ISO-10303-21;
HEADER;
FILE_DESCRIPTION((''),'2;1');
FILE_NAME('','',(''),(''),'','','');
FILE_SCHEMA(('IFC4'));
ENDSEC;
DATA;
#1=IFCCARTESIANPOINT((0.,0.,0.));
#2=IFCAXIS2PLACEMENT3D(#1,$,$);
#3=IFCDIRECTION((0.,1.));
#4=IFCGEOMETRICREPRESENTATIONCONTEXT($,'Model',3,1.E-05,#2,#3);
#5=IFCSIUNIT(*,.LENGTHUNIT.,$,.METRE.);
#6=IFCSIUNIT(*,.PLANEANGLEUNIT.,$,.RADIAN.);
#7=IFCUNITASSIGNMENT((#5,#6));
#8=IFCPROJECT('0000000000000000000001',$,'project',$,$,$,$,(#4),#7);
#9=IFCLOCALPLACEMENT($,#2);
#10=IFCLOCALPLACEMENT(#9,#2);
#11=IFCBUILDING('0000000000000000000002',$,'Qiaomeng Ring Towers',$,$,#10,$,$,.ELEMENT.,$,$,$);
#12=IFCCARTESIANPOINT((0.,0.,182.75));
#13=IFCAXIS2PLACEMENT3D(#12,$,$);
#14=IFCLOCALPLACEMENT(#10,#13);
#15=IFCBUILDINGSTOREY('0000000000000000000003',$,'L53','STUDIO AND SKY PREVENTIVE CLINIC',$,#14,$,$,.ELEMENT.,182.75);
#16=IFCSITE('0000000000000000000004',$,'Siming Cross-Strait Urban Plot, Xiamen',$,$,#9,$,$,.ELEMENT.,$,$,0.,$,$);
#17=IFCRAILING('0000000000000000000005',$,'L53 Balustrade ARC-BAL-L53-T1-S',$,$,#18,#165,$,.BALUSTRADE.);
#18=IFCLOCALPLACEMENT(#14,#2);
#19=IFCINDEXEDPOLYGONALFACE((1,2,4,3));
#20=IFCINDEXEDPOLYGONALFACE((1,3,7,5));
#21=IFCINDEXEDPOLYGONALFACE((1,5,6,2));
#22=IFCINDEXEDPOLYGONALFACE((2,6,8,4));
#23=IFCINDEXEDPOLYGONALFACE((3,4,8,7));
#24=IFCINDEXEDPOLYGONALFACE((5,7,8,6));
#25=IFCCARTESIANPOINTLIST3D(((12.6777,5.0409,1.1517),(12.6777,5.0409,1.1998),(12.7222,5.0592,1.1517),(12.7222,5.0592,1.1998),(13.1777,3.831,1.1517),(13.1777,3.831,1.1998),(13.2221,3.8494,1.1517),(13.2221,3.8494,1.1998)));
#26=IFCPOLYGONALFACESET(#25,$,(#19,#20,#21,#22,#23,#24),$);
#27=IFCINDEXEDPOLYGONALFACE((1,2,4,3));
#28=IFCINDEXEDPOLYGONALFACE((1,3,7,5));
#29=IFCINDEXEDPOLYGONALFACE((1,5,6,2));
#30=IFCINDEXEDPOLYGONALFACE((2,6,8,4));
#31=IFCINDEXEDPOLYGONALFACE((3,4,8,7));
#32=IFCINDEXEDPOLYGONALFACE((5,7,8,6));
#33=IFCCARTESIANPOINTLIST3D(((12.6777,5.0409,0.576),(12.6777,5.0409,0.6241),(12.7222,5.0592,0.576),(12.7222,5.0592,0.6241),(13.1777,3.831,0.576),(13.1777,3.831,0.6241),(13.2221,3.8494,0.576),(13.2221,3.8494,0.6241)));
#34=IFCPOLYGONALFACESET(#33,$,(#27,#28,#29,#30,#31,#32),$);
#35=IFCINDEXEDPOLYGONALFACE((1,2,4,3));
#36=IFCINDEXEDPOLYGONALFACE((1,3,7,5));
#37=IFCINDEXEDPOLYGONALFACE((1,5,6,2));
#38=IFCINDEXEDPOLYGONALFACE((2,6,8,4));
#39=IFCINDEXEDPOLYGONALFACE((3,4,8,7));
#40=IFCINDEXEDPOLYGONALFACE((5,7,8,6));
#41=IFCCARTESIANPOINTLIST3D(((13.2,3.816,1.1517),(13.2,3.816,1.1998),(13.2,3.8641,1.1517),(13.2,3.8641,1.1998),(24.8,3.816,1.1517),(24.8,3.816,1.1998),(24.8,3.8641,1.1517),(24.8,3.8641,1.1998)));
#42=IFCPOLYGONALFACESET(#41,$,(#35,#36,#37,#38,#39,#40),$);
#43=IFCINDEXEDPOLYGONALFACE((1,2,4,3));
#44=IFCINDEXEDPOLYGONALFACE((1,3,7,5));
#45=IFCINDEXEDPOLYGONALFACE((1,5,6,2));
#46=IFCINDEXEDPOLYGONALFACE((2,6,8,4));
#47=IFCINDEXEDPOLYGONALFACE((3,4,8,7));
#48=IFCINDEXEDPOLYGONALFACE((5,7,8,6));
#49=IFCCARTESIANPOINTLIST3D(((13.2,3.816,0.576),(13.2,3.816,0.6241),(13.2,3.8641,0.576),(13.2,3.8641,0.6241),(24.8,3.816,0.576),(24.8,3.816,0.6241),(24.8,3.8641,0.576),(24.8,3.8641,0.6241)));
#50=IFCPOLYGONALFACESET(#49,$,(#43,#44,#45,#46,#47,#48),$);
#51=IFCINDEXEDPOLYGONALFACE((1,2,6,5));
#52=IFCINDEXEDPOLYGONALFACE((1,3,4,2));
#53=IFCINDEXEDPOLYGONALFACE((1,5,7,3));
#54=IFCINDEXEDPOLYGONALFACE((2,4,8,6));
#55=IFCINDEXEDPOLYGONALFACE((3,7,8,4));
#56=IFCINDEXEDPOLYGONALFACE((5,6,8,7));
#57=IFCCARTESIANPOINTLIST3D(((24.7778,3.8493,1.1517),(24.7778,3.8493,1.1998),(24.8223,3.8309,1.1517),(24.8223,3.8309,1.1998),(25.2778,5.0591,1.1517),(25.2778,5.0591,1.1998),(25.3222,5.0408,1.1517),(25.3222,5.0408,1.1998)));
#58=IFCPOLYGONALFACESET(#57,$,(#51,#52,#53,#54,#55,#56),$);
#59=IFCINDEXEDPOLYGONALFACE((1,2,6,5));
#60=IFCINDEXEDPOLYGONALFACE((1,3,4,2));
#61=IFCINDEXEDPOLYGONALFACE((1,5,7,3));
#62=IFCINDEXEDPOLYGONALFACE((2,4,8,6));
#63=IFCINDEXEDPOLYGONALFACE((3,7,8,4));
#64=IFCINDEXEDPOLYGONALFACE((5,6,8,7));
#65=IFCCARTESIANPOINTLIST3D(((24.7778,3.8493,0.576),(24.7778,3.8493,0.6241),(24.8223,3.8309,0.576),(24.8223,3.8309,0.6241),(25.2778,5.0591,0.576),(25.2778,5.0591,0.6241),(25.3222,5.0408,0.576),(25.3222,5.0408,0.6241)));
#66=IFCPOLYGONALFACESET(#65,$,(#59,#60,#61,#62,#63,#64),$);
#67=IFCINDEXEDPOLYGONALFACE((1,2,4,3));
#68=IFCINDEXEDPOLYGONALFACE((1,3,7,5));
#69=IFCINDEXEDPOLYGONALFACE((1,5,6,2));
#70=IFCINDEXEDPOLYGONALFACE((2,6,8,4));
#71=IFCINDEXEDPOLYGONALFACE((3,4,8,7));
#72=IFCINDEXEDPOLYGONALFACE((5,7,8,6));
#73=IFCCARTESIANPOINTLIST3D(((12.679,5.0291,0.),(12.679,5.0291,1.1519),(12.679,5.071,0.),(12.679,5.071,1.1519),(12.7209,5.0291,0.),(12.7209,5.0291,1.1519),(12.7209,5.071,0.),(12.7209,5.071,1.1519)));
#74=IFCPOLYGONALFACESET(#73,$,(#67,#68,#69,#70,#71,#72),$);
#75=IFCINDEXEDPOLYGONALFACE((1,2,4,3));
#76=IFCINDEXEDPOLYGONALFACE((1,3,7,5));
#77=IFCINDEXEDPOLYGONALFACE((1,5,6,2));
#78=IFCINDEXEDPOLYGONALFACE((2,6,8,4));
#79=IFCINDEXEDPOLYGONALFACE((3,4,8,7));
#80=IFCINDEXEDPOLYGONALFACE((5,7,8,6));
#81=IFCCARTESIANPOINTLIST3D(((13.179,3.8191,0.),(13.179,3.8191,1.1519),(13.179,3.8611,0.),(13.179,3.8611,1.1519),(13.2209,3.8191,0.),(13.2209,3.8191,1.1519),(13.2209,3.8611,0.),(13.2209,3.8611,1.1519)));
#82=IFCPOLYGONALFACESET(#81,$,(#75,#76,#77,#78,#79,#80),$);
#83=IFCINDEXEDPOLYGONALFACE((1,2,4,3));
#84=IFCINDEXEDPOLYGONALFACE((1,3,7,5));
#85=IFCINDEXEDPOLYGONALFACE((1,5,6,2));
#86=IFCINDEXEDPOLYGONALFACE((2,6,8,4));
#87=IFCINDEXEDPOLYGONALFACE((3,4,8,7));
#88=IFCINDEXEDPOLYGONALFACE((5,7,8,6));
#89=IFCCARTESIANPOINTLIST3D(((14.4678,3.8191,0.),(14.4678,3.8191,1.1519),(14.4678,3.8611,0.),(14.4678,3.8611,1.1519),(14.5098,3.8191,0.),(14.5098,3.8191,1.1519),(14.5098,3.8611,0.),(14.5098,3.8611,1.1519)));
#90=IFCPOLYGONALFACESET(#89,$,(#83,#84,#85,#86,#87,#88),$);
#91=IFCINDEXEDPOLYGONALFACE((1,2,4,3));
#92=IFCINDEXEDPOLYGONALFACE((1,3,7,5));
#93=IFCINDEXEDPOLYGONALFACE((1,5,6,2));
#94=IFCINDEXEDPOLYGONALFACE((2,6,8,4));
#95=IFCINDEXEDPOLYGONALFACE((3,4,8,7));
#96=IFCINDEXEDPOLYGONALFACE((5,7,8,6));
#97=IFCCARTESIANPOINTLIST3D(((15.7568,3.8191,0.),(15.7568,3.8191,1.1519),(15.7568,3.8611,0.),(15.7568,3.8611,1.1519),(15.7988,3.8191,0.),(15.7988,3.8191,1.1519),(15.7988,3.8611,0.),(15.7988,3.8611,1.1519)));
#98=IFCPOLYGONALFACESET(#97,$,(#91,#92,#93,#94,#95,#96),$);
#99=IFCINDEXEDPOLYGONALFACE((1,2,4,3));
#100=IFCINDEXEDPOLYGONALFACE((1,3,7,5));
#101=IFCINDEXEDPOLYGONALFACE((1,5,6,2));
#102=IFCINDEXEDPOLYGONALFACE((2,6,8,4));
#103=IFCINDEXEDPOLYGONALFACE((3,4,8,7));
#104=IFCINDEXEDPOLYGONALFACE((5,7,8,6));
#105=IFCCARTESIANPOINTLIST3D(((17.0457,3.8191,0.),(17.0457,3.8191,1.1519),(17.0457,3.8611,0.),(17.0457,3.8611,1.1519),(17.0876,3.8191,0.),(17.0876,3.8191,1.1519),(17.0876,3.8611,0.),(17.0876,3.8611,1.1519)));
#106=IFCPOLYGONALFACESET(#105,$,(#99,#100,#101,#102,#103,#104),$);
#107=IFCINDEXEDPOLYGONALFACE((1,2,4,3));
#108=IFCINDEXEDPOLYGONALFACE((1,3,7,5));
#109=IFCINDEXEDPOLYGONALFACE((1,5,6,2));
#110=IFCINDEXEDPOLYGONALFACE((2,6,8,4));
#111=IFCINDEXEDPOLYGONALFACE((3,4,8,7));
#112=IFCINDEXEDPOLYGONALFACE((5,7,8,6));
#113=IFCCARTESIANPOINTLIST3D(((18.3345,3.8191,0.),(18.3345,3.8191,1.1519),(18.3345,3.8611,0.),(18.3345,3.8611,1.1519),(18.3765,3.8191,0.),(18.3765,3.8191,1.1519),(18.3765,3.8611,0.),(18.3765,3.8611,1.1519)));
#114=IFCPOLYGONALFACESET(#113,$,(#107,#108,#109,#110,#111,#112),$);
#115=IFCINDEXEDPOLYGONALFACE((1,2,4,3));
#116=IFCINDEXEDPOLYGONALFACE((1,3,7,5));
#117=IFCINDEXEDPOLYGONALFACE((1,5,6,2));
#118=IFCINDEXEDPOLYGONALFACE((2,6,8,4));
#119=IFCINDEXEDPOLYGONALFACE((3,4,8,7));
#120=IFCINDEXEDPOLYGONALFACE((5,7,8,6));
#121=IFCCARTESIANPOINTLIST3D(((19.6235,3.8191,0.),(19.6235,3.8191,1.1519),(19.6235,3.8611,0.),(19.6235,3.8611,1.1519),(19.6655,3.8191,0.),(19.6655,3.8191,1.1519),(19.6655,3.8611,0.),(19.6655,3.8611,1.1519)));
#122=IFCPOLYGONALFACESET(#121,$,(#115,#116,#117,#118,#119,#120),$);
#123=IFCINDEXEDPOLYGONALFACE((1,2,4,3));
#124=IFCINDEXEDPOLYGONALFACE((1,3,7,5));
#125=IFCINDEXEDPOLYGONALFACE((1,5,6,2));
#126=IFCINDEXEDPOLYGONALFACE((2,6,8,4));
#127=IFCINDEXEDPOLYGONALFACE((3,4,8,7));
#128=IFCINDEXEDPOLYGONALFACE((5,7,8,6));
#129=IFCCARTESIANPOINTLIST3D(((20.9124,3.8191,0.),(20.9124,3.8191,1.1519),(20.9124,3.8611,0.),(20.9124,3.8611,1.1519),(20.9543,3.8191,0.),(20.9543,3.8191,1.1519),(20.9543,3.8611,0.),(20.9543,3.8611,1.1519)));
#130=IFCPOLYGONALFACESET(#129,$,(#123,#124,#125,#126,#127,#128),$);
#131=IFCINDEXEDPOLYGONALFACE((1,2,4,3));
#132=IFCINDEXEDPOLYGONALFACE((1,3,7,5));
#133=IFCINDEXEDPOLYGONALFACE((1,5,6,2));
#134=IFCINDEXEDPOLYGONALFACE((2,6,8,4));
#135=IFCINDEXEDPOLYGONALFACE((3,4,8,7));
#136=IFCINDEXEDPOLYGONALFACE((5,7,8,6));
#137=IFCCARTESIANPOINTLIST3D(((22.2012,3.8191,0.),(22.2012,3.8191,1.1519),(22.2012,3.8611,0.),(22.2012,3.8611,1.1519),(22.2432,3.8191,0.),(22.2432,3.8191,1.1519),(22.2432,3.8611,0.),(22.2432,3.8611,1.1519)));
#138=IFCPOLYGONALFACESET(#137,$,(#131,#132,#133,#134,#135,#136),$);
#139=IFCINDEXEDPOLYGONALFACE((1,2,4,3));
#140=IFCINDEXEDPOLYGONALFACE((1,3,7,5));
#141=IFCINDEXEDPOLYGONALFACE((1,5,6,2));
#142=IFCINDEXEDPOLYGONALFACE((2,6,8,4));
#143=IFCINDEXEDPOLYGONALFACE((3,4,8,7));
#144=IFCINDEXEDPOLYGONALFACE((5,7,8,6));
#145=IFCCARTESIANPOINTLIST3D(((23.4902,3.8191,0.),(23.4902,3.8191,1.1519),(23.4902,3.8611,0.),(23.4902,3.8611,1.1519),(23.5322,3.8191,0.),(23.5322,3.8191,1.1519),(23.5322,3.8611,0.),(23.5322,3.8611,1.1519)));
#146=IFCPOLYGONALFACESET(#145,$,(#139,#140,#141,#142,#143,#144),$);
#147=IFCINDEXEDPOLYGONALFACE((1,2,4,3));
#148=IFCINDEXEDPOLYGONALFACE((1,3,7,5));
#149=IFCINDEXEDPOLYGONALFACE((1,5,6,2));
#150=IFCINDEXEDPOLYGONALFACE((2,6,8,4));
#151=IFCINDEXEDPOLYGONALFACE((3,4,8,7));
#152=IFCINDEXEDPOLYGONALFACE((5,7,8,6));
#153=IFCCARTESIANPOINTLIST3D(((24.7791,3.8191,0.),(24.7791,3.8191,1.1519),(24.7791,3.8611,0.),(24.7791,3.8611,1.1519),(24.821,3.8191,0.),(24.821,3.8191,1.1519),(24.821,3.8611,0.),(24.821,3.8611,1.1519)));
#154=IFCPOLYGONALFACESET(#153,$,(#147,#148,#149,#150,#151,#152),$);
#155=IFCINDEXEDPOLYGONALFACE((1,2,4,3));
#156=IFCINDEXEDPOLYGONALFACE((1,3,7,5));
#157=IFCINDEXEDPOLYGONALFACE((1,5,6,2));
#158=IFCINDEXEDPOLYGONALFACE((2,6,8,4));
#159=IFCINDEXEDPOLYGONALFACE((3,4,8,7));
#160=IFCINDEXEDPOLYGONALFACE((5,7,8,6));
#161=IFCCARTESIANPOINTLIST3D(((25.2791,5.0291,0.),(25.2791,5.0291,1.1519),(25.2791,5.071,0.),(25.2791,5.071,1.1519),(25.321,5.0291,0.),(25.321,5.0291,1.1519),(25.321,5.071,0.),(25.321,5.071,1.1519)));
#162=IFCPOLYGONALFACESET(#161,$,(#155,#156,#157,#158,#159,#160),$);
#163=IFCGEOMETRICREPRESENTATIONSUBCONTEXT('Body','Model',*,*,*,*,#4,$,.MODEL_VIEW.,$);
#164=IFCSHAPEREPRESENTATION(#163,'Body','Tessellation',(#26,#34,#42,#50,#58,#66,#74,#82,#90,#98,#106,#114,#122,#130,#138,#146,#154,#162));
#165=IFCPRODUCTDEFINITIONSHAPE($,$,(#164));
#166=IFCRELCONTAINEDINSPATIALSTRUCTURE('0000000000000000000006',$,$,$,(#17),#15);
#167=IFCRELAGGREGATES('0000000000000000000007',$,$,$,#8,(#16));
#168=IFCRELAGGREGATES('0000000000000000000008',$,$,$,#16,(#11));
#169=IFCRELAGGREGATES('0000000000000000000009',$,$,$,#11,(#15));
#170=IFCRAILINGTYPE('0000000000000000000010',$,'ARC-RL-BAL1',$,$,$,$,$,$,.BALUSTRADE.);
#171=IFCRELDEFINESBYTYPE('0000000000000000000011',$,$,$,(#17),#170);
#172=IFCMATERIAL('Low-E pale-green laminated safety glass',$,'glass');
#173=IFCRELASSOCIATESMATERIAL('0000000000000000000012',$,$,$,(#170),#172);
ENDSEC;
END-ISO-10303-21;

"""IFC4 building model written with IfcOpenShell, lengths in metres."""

from ifc_helpers import new_model, si_unit, direction, frame, origin, origin_2d, place, context, subcontext, project, spatial, rectangle, extrude, material, type_object, element, save


model = new_model("IFC4")

# Units and contexts
model_context = context("Model", 3, precision=1e-05, world=origin(), true_north=direction((0.0, 1.0)))
body_context = subcontext(model_context, "Body", "Model", "MODEL_VIEW")
ifc_project = project(units=[si_unit("LENGTHUNIT", "METRE"), si_unit("PLANEANGLEUNIT", "RADIAN")], contexts=[model_context])

# Site, building, storey
site_placement = place(None, origin())
site = spatial("IfcSite", under=ifc_project, at=site_placement, Name="Siming Cross-Strait Urban Plot, Xiamen", CompositionType="ELEMENT", RefElevation=0.0)
building_placement = place(site_placement, origin())
building = spatial("IfcBuilding", under=site, at=building_placement, Name="Qiaomeng Ring Towers", CompositionType="ELEMENT")
storey_placement = place(building_placement, frame((0.0, 0.0, 182.75)))
storey = spatial("IfcBuildingStorey", under=building, at=storey_placement, Name="L53", Description="STUDIO AND SKY PREVENTIVE CLINIC", CompositionType="ELEMENT", Elevation=182.75)

# Railing
ifc_material_1 = material(Name="Low-E pale-green laminated safety glass", Category="glass")
railing_type = type_object("IfcRailingType", Name="ARC-RL-BAL1", PredefinedType="BALUSTRADE", material=ifc_material_1)
railing_placement = place(storey_placement, frame((12.7, 5.05, 0.0)))
element("IfcRailing", 1, at=railing_placement, inside=storey, type_object=railing_type, Name="L53 Balustrade ARC-BAL-L53-T1-S", PredefinedType="BALUSTRADE", context=body_context, shape_type="SweptSolid", body=[
    extrude(rectangle(XDim=0.0481, YDim=0.0481, at=origin_2d()), frame((0.0, 0.0, 1.1758), z_axis=(0.381913, -0.924198, 0.0), x_axis=(0.924198, 0.381913, 0.0)), (0.0, 0.0, 1.0), 1.3091),
    extrude(rectangle(XDim=0.0481, YDim=0.0481, at=origin_2d()), frame((0.0, 0.0, 0.6001), z_axis=(0.381913, -0.924198, 0.0), x_axis=(0.924198, 0.381913, 0.0)), (0.0, 0.0, 1.0), 1.3091),
    extrude(rectangle(XDim=0.0481, YDim=0.0481, at=origin_2d()), frame((0.5, -1.21, 1.1758), z_axis=(1.0, 0.0, 0.0), x_axis=(0.0, 1.0, 0.0)), (0.0, 0.0, 1.0), 11.6001),
    extrude(rectangle(XDim=0.0481, YDim=0.0481, at=origin_2d()), frame((0.5, -1.21, 0.6001), z_axis=(1.0, 0.0, 0.0), x_axis=(0.0, 1.0, 0.0)), (0.0, 0.0, 1.0), 11.6001),
    extrude(rectangle(XDim=0.0481, YDim=0.0481, at=origin_2d()), frame((12.1001, -1.21, 1.1758), z_axis=(0.381913, 0.924198, 0.0), x_axis=(-0.924198, 0.381913, 0.0)), (0.0, 0.0, 1.0), 1.3091),
    extrude(rectangle(XDim=0.0481, YDim=0.0481, at=origin_2d()), frame((12.1001, -1.21, 0.6001), z_axis=(0.381913, 0.924198, 0.0), x_axis=(-0.924198, 0.381913, 0.0)), (0.0, 0.0, 1.0), 1.3091),
    extrude(rectangle(XDim=0.042, YDim=0.042, at=origin_2d()), origin(), (0.0, 0.0, 1.0), 1.1519),
    extrude(rectangle(XDim=0.042, YDim=0.042, at=origin_2d()), frame((0.5, -1.21, 0.0)), (0.0, 0.0, 1.0), 1.1519),
    extrude(rectangle(XDim=0.042, YDim=0.042, at=origin_2d()), frame((1.7888, -1.21, 0.0)), (0.0, 0.0, 1.0), 1.1519),
    extrude(rectangle(XDim=0.042, YDim=0.042, at=origin_2d()), frame((3.0779, -1.21, 0.0)), (0.0, 0.0, 1.0), 1.1519),
    extrude(rectangle(XDim=0.042, YDim=0.042, at=origin_2d()), frame((4.3667, -1.21, 0.0)), (0.0, 0.0, 1.0), 1.1519),
    extrude(rectangle(XDim=0.042, YDim=0.042, at=origin_2d()), frame((5.6555, -1.21, 0.0)), (0.0, 0.0, 1.0), 1.1519),
    extrude(rectangle(XDim=0.042, YDim=0.042, at=origin_2d()), frame((6.9446, -1.21, 0.0)), (0.0, 0.0, 1.0), 1.1519),
    extrude(rectangle(XDim=0.042, YDim=0.042, at=origin_2d()), frame((8.2334, -1.21, 0.0)), (0.0, 0.0, 1.0), 1.1519),
    extrude(rectangle(XDim=0.042, YDim=0.042, at=origin_2d()), frame((9.5222, -1.21, 0.0)), (0.0, 0.0, 1.0), 1.1519),
    extrude(rectangle(XDim=0.042, YDim=0.042, at=origin_2d()), frame((10.8113, -1.21, 0.0)), (0.0, 0.0, 1.0), 1.1519),
    extrude(rectangle(XDim=0.042, YDim=0.042, at=origin_2d()), frame((12.1001, -1.21, 0.0)), (0.0, 0.0, 1.0), 1.1519),
    extrude(rectangle(XDim=0.042, YDim=0.042, at=origin_2d()), frame((12.6001, 0.0, 0.0)), (0.0, 0.0, 1.0), 1.1519),
])

save(model, "model.ifc")
